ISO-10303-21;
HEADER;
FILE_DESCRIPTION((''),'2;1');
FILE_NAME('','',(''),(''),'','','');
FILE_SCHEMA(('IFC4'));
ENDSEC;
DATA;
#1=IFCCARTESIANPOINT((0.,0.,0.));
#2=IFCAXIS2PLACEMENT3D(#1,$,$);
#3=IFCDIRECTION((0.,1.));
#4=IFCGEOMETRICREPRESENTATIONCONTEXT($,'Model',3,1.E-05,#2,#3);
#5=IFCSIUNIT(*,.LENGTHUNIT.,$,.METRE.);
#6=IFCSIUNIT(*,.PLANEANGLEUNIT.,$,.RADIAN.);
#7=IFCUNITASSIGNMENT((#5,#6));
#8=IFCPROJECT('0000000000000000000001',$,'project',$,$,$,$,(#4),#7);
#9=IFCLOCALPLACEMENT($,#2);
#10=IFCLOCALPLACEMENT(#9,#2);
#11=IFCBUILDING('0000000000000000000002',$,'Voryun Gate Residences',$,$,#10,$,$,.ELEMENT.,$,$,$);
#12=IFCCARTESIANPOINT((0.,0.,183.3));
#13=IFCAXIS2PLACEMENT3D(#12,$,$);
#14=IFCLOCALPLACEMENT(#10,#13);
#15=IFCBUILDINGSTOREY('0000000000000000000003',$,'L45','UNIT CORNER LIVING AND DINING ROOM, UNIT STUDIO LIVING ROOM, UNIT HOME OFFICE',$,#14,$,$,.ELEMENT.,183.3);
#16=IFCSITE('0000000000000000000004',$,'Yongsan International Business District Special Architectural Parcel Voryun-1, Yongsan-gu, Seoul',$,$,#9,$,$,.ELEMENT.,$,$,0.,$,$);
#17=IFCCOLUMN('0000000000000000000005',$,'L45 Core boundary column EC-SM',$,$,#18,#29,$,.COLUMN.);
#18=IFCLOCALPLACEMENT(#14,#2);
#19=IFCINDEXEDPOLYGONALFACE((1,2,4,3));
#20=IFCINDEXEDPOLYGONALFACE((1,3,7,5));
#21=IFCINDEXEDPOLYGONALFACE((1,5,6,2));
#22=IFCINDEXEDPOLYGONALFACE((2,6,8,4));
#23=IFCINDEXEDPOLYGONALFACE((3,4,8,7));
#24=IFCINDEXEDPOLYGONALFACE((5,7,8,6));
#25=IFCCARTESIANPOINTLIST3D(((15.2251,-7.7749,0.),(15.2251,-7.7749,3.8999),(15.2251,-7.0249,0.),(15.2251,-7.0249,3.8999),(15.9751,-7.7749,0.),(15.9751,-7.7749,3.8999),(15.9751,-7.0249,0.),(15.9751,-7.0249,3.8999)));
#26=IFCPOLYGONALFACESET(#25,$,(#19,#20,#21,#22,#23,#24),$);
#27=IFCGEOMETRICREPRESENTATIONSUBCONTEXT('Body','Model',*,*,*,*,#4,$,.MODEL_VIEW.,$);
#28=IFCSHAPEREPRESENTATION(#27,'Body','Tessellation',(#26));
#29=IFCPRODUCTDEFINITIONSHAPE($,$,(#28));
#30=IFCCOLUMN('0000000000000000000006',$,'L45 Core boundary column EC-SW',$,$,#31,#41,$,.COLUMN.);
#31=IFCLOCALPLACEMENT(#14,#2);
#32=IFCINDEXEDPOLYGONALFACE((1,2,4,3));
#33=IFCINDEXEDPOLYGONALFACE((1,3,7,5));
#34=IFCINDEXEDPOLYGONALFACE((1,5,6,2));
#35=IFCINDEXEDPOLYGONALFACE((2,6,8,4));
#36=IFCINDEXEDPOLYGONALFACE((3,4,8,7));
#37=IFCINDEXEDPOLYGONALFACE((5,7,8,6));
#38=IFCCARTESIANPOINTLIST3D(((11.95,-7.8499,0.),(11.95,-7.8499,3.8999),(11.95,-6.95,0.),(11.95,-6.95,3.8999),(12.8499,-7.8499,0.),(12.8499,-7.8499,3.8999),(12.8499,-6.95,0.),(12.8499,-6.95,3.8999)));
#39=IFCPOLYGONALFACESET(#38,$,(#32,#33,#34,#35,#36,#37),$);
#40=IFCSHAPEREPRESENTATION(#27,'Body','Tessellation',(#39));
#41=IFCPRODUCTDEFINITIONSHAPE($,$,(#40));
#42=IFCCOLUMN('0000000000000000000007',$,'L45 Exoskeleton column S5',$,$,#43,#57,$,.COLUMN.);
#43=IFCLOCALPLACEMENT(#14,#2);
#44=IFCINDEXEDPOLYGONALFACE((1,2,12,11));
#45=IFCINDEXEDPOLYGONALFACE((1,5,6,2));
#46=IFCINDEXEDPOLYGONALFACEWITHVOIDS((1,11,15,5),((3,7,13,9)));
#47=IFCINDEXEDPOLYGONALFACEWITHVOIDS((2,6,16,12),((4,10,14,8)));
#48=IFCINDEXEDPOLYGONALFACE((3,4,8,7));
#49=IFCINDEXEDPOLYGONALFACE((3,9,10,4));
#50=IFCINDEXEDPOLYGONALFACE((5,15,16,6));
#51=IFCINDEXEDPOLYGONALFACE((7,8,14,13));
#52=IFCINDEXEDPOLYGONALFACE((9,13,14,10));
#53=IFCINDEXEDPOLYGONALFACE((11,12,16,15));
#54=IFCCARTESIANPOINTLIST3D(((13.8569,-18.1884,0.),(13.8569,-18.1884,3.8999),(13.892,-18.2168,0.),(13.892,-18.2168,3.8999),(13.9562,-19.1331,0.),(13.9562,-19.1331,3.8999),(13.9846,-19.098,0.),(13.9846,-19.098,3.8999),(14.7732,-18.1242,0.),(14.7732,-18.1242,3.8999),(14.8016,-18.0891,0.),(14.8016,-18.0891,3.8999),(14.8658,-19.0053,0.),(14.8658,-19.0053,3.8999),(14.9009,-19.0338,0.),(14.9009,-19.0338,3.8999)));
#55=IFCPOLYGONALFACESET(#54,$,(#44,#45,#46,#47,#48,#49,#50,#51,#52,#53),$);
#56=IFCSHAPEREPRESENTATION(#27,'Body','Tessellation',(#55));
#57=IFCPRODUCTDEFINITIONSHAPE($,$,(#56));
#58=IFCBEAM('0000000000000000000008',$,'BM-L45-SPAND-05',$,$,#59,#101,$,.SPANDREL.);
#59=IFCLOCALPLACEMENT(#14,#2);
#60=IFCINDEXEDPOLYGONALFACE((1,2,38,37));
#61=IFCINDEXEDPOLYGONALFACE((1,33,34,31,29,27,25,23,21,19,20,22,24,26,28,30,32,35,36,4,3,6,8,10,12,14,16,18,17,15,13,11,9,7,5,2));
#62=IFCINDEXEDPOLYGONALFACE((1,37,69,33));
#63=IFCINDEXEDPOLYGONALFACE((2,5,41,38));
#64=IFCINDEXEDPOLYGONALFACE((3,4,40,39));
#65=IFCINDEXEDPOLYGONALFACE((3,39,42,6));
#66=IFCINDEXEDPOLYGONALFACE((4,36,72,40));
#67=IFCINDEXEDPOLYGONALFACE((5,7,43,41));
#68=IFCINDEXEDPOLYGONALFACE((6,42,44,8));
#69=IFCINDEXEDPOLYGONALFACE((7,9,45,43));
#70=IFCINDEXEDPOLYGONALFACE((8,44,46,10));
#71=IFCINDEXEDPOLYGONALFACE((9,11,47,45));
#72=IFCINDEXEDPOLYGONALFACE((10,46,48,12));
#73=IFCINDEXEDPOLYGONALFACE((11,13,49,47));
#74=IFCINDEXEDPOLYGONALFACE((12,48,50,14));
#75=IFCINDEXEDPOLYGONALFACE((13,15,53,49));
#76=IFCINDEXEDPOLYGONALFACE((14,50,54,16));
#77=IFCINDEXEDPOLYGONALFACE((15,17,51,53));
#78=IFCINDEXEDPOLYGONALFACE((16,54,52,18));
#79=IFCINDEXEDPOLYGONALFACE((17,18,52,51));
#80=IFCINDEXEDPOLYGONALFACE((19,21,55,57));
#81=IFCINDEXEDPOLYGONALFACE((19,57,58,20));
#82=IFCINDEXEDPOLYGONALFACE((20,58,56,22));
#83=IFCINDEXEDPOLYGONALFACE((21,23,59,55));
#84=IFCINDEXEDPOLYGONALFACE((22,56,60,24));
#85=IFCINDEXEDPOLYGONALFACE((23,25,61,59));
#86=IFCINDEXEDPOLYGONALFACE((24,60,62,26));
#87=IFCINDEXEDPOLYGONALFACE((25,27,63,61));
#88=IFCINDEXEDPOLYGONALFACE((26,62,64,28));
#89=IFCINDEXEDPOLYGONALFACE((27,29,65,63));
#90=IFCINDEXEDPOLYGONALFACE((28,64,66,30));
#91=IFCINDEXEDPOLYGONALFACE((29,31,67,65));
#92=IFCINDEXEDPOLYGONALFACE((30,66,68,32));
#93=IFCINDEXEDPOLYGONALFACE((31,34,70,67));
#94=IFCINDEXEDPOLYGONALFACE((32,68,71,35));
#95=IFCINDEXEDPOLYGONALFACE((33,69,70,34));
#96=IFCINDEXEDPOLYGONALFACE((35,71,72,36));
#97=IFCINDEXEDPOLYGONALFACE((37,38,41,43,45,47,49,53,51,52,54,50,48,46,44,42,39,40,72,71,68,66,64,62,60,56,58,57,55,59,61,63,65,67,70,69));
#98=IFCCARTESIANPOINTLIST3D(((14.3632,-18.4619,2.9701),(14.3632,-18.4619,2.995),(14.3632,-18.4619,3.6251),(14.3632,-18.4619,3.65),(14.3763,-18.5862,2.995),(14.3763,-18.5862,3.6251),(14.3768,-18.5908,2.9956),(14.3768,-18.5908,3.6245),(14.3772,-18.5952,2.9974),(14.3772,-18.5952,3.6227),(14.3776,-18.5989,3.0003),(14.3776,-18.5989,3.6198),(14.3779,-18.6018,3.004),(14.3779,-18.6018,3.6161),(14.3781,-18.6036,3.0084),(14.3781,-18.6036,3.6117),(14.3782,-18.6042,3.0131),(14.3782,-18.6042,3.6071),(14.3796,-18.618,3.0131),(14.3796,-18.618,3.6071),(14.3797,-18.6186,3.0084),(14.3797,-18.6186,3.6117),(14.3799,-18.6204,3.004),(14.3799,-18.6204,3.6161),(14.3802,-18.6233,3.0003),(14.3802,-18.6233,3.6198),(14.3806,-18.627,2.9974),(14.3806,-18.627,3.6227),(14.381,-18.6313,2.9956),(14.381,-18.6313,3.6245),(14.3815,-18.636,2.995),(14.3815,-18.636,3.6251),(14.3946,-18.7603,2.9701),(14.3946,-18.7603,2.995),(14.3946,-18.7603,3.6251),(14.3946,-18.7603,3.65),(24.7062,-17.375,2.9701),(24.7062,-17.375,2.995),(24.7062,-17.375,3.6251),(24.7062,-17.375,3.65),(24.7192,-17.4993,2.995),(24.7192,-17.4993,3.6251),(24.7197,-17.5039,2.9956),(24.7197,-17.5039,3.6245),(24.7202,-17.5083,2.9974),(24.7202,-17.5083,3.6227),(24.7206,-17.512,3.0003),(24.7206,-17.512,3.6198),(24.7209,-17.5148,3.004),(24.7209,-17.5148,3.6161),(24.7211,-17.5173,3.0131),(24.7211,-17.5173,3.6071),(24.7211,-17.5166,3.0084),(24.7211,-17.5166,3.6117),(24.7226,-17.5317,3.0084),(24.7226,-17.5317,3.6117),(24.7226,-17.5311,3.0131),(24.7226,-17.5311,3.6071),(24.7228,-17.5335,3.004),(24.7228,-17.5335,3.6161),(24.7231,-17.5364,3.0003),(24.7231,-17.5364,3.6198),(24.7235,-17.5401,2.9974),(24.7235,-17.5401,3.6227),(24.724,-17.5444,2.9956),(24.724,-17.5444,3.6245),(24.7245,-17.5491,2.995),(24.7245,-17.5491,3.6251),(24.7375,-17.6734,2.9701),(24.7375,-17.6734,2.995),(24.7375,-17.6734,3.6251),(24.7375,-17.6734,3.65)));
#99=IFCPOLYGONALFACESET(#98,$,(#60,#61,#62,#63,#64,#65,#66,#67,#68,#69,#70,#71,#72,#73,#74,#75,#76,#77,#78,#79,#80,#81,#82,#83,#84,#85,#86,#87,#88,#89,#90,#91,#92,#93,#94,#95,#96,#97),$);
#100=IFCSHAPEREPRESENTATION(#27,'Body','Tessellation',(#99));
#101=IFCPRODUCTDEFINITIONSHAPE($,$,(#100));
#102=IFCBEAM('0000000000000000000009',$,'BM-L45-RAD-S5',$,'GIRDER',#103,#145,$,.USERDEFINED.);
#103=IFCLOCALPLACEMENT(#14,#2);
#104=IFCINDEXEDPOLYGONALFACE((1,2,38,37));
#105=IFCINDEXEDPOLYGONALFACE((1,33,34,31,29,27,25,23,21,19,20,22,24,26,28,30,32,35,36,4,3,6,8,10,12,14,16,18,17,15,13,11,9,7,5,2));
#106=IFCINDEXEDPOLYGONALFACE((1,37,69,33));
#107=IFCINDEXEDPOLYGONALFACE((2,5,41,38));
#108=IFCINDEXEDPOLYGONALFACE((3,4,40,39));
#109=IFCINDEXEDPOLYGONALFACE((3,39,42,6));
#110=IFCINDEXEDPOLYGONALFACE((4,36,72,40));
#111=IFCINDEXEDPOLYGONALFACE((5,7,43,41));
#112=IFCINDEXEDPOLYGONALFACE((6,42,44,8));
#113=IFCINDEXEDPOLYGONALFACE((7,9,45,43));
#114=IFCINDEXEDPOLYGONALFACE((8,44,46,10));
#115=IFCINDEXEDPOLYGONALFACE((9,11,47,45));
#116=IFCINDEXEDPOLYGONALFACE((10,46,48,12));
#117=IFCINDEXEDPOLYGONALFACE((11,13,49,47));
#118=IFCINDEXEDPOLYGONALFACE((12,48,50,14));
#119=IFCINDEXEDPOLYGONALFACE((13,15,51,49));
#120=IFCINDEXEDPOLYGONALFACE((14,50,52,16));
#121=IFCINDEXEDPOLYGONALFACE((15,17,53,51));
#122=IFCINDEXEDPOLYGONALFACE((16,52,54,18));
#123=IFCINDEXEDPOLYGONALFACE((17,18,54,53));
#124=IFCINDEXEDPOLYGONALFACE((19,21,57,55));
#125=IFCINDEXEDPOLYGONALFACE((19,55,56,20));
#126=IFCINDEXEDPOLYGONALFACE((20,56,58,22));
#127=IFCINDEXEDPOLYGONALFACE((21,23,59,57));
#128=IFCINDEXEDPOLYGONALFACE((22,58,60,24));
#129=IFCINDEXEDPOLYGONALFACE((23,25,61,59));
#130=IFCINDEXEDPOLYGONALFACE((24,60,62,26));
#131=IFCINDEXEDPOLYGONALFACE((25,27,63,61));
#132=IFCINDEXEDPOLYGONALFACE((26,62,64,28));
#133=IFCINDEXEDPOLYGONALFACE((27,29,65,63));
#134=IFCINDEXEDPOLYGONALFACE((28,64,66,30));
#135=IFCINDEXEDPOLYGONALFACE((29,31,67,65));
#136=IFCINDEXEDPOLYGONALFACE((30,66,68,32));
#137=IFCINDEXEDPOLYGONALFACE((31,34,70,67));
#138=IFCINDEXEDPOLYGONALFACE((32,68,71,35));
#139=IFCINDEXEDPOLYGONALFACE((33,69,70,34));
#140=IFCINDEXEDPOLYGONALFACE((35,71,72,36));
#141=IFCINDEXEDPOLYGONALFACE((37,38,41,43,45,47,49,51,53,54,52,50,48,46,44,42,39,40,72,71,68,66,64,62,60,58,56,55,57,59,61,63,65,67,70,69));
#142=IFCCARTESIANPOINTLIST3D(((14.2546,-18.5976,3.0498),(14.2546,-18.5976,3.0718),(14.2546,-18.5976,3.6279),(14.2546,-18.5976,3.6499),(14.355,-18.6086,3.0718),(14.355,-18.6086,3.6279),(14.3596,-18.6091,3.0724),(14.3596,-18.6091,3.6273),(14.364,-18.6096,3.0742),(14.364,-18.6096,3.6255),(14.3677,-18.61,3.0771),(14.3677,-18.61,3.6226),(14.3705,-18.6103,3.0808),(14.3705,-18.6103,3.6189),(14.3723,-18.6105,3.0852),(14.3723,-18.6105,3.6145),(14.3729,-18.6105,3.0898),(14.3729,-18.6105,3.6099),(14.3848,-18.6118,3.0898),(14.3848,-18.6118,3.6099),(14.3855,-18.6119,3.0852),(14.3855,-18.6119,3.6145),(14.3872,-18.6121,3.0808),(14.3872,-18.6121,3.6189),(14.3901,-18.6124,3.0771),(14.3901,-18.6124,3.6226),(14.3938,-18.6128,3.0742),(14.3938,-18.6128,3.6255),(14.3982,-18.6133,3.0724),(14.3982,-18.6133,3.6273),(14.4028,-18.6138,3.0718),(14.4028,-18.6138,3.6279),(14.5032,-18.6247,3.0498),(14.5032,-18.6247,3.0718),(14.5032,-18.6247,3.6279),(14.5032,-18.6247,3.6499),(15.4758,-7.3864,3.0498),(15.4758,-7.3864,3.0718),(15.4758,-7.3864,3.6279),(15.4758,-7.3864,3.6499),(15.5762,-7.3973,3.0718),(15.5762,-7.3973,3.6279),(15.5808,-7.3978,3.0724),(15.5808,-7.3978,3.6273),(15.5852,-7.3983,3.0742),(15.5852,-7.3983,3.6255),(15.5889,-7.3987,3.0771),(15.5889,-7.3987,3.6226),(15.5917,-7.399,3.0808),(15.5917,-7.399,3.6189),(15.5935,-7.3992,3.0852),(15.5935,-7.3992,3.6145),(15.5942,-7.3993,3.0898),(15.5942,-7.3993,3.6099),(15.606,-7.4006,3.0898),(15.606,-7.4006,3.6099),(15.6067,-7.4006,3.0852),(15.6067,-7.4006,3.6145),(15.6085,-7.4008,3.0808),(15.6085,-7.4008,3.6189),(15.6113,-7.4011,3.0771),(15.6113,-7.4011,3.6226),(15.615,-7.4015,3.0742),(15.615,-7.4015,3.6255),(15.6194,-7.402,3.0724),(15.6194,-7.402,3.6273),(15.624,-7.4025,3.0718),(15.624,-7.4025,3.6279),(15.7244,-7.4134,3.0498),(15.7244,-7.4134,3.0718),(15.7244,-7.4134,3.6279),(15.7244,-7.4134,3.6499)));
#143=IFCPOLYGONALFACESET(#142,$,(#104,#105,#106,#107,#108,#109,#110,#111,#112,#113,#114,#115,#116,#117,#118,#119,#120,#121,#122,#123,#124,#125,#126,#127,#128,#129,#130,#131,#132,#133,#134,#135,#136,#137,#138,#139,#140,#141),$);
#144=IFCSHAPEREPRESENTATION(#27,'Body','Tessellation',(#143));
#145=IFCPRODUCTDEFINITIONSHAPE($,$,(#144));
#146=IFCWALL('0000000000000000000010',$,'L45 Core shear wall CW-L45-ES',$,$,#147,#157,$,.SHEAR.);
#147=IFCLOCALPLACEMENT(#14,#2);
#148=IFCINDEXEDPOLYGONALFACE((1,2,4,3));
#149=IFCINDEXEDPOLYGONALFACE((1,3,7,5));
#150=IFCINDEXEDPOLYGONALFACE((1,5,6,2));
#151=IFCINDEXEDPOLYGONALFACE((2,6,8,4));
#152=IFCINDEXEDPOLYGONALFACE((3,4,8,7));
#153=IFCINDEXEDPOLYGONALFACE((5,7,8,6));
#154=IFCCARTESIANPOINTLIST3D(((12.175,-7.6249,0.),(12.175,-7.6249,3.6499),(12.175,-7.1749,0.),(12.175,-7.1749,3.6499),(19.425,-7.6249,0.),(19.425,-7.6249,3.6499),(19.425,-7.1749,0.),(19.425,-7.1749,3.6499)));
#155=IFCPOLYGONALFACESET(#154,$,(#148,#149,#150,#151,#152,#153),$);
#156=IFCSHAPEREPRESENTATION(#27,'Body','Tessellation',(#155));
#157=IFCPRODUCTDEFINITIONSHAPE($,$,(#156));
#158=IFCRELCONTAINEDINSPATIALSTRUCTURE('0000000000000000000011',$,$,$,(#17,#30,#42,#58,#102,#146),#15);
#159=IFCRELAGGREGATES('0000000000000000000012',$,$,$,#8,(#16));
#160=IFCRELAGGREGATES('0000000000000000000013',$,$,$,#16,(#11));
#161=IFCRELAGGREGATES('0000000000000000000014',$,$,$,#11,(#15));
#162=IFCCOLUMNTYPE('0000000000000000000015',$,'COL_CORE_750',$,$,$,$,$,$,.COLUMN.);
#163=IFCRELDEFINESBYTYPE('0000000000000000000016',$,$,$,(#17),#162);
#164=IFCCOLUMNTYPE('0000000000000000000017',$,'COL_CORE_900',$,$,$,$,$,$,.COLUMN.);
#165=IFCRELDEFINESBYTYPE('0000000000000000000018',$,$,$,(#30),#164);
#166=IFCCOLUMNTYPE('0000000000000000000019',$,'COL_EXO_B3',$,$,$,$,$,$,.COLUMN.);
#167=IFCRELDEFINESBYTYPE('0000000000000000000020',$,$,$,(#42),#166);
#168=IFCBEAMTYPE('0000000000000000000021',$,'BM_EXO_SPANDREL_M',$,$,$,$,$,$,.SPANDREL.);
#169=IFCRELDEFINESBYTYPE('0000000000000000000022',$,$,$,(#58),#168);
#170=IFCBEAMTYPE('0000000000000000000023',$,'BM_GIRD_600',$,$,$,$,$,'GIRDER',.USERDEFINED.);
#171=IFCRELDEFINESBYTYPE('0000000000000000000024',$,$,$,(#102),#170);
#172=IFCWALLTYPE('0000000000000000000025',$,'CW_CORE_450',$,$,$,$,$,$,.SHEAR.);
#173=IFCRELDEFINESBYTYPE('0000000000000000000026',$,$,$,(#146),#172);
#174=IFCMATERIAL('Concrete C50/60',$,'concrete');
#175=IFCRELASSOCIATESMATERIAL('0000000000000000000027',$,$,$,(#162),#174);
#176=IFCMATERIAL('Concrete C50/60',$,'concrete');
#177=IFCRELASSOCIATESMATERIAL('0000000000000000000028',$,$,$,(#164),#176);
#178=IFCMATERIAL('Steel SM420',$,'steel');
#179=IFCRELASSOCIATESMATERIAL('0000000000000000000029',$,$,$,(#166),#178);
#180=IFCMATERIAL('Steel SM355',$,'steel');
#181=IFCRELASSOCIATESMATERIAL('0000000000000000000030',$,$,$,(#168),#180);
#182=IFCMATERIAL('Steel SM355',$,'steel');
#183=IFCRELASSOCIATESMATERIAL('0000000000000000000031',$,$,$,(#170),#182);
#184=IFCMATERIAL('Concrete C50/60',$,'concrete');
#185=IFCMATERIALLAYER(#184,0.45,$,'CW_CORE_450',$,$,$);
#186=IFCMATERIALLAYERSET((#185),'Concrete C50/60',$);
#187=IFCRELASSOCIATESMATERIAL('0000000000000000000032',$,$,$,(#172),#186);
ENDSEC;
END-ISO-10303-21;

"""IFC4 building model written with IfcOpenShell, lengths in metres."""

from ifc_helpers import new_model, si_unit, direction, frame, frame_2d, origin, origin_2d, place, context, subcontext, project, spatial, rectangle, hollow_rectangle, i_section, extrude, material, layer, layer_set, material_profile, profile_set, type_object, element, save


model = new_model("IFC4")

# Units and contexts
model_context = context("Model", 3, precision=1e-05, world=origin(), true_north=direction((0.0, 1.0)))
body_context = subcontext(model_context, "Body", "Model", "MODEL_VIEW")
ifc_project = project(units=[si_unit("LENGTHUNIT", "METRE"), si_unit("PLANEANGLEUNIT", "RADIAN")], contexts=[model_context])

# Site, building, storey
site_placement = place(None, origin())
site = spatial("IfcSite", under=ifc_project, at=site_placement, Name="Yongsan International Business District Special Architectural Parcel Voryun-1, Yongsan-gu, Seoul", CompositionType="ELEMENT", RefElevation=0.0)
building_placement = place(site_placement, origin())
building = spatial("IfcBuilding", under=site, at=building_placement, Name="Voryun Gate Residences", CompositionType="ELEMENT")
storey_placement = place(building_placement, frame((0.0, 0.0, 183.3)))
storey = spatial("IfcBuildingStorey", under=building, at=storey_placement, Name="L45", Description="UNIT CORNER LIVING AND DINING ROOM, UNIT STUDIO LIVING ROOM, UNIT HOME OFFICE", CompositionType="ELEMENT", Elevation=183.3)

# Columns
ifc_material_1 = material(Name="Concrete C50/60", Category="concrete")
ifc_material_profile_1 = material_profile(ifc_material_1, rectangle(XDim=0.75, YDim=0.75, at=origin_2d()), Name="RC-750x750")
ifc_profile_set_1 = profile_set([ifc_material_profile_1], Name="Concrete C50/60")
column_type_1 = type_object("IfcColumnType", Name="COL_CORE_750", PredefinedType="COLUMN", material=ifc_profile_set_1)
column_1_placement = place(storey_placement, frame((15.6001, -7.3999, 0.0), z_axis=(0.0, 0.0, 1.0), x_axis=(1.0, 0.0, 0.0)))
element("IfcColumn", 1, at=column_1_placement, inside=storey, type_object=column_type_1, Name="L45 Core boundary column EC-SM", PredefinedType="COLUMN", context=body_context, shape_type="SweptSolid", body=[
    extrude(rectangle(XDim=0.75, YDim=0.75, at=origin_2d()), origin(), (0.0, 0.0, 1.0), 3.8999),
])
ifc_material_2 = material(Name="Concrete C50/60", Category="concrete")
ifc_material_profile_2 = material_profile(ifc_material_2, rectangle(XDim=0.8999, YDim=0.8999, at=origin_2d()), Name="RC-900x900")
ifc_profile_set_2 = profile_set([ifc_material_profile_2], Name="Concrete C50/60")
column_type_2 = type_object("IfcColumnType", Name="COL_CORE_900", PredefinedType="COLUMN", material=ifc_profile_set_2)
column_2_placement = place(storey_placement, frame((12.3999, -7.3999, 0.0), z_axis=(0.0, 0.0, 1.0), x_axis=(1.0, 0.0, 0.0)))
element("IfcColumn", 2, at=column_2_placement, inside=storey, type_object=column_type_2, Name="L45 Core boundary column EC-SW", PredefinedType="COLUMN", context=body_context, shape_type="SweptSolid", body=[
    extrude(rectangle(XDim=0.8999, YDim=0.8999, at=origin_2d()), origin(), (0.0, 0.0, 1.0), 3.8999),
])
ifc_material_3 = material(Name="Steel SM420", Category="steel")
ifc_material_profile_3 = material_profile(ifc_material_3, hollow_rectangle(XDim=0.95, YDim=0.95, WallThickness=0.032, at=origin_2d()), Name="BOX-950x950x32")
ifc_profile_set_3 = profile_set([ifc_material_profile_3], Name="Steel SM420")
column_type_3 = type_object("IfcColumnType", Name="COL_EXO_B3", PredefinedType="COLUMN", material=ifc_profile_set_3)
column_3_placement = place(storey_placement, frame((14.3789, -18.6111, 0.0), z_axis=(0.0, 0.0, 1.0), x_axis=(0.994522, 0.104528, 0.0)))
element("IfcColumn", 3, at=column_3_placement, inside=storey, type_object=column_type_3, Name="L45 Exoskeleton column S5", PredefinedType="COLUMN", context=body_context, shape_type="SweptSolid", body=[
    extrude(hollow_rectangle(XDim=0.95, YDim=0.95, WallThickness=0.032, at=origin_2d()), origin(), (0.0, 0.0, 1.0), 3.8999),
])

# Beams
ifc_material_4 = material(Name="Steel SM355", Category="steel")
ifc_material_profile_4 = material_profile(ifc_material_4, i_section(OverallWidth=0.3, OverallDepth=0.6799, WebThickness=0.0139, FlangeThickness=0.0249, FilletRadius=0.0181, at=origin_2d()), Name="H-680x300x14x25")
ifc_profile_set_4 = profile_set([ifc_material_profile_4], Name="Steel SM355")
beam_type_1 = type_object("IfcBeamType", Name="BM_EXO_SPANDREL_M", PredefinedType="SPANDREL", material=ifc_profile_set_4)
beam_1_placement = place(storey_placement, frame((14.3789, -18.6111, 3.3101), z_axis=(0.994524, 0.104511, 0.0), x_axis=(-0.104511, 0.994524, 0.0)))
element("IfcBeam", 4, at=beam_1_placement, inside=storey, type_object=beam_type_1, Name="BM-L45-SPAND-05", PredefinedType="SPANDREL", context=body_context, shape_type="SweptSolid", body=[
    extrude(i_section(OverallWidth=0.3, OverallDepth=0.6799, WebThickness=0.0139, FlangeThickness=0.0249, FilletRadius=0.0181, at=origin_2d()), origin(), (0.0, 0.0, 1.0), 10.3999),
])
ifc_material_5 = material(Name="Steel SM355", Category="steel")
ifc_material_profile_5 = material_profile(ifc_material_5, i_section(OverallWidth=0.25, OverallDepth=0.6001, WebThickness=0.012, FlangeThickness=0.022, FilletRadius=0.0181, at=origin_2d()), Name="H-600x250x12x22")
ifc_profile_set_5 = profile_set([ifc_material_profile_5], Name="Steel SM355")
beam_type_2 = type_object("IfcBeamType", Name="BM_GIRD_600", ElementType="GIRDER", PredefinedType="USERDEFINED", material=ifc_profile_set_5)
beam_2_placement = place(storey_placement, frame((15.6001, -7.3999, 3.3499), z_axis=(-0.108286, -0.99412, 0.0), x_axis=(0.99412, -0.108286, 0.0)))
element("IfcBeam", 5, at=beam_2_placement, inside=storey, type_object=beam_type_2, Name="BM-L45-RAD-S5", ObjectType="GIRDER", PredefinedType="USERDEFINED", context=body_context, shape_type="SweptSolid", body=[
    extrude(i_section(OverallWidth=0.25, OverallDepth=0.6001, WebThickness=0.012, FlangeThickness=0.022, FilletRadius=0.0181, at=origin_2d()), origin(), (0.0, 0.0, 1.0), 11.2776),
])

# Wall
ifc_material_6 = material(Name="Concrete C50/60", Category="concrete")
ifc_layer_1 = layer(ifc_material_6, 0.45, Name="CW_CORE_450")
ifc_layer_set_1 = layer_set([ifc_layer_1], Name="Concrete C50/60")
wall_type_1 = type_object("IfcWallType", Name="CW_CORE_450", PredefinedType="SHEAR", material=ifc_layer_set_1)
wall_1_placement = place(storey_placement, frame((12.175, -7.3999, 0.0), z_axis=(0.0, 0.0, 1.0), x_axis=(1.0, 0.0, 0.0)))
element("IfcWall", 6, at=wall_1_placement, inside=storey, type_object=wall_type_1, Name="L45 Core shear wall CW-L45-ES", PredefinedType="SHEAR", context=body_context, shape_type="SweptSolid", body=[
    extrude(rectangle(XDim=7.25, YDim=0.45, at=frame_2d((3.625, 0.0))), origin(), (0.0, 0.0, 1.0), 3.6499),
])

save(model, "model.ifc")
